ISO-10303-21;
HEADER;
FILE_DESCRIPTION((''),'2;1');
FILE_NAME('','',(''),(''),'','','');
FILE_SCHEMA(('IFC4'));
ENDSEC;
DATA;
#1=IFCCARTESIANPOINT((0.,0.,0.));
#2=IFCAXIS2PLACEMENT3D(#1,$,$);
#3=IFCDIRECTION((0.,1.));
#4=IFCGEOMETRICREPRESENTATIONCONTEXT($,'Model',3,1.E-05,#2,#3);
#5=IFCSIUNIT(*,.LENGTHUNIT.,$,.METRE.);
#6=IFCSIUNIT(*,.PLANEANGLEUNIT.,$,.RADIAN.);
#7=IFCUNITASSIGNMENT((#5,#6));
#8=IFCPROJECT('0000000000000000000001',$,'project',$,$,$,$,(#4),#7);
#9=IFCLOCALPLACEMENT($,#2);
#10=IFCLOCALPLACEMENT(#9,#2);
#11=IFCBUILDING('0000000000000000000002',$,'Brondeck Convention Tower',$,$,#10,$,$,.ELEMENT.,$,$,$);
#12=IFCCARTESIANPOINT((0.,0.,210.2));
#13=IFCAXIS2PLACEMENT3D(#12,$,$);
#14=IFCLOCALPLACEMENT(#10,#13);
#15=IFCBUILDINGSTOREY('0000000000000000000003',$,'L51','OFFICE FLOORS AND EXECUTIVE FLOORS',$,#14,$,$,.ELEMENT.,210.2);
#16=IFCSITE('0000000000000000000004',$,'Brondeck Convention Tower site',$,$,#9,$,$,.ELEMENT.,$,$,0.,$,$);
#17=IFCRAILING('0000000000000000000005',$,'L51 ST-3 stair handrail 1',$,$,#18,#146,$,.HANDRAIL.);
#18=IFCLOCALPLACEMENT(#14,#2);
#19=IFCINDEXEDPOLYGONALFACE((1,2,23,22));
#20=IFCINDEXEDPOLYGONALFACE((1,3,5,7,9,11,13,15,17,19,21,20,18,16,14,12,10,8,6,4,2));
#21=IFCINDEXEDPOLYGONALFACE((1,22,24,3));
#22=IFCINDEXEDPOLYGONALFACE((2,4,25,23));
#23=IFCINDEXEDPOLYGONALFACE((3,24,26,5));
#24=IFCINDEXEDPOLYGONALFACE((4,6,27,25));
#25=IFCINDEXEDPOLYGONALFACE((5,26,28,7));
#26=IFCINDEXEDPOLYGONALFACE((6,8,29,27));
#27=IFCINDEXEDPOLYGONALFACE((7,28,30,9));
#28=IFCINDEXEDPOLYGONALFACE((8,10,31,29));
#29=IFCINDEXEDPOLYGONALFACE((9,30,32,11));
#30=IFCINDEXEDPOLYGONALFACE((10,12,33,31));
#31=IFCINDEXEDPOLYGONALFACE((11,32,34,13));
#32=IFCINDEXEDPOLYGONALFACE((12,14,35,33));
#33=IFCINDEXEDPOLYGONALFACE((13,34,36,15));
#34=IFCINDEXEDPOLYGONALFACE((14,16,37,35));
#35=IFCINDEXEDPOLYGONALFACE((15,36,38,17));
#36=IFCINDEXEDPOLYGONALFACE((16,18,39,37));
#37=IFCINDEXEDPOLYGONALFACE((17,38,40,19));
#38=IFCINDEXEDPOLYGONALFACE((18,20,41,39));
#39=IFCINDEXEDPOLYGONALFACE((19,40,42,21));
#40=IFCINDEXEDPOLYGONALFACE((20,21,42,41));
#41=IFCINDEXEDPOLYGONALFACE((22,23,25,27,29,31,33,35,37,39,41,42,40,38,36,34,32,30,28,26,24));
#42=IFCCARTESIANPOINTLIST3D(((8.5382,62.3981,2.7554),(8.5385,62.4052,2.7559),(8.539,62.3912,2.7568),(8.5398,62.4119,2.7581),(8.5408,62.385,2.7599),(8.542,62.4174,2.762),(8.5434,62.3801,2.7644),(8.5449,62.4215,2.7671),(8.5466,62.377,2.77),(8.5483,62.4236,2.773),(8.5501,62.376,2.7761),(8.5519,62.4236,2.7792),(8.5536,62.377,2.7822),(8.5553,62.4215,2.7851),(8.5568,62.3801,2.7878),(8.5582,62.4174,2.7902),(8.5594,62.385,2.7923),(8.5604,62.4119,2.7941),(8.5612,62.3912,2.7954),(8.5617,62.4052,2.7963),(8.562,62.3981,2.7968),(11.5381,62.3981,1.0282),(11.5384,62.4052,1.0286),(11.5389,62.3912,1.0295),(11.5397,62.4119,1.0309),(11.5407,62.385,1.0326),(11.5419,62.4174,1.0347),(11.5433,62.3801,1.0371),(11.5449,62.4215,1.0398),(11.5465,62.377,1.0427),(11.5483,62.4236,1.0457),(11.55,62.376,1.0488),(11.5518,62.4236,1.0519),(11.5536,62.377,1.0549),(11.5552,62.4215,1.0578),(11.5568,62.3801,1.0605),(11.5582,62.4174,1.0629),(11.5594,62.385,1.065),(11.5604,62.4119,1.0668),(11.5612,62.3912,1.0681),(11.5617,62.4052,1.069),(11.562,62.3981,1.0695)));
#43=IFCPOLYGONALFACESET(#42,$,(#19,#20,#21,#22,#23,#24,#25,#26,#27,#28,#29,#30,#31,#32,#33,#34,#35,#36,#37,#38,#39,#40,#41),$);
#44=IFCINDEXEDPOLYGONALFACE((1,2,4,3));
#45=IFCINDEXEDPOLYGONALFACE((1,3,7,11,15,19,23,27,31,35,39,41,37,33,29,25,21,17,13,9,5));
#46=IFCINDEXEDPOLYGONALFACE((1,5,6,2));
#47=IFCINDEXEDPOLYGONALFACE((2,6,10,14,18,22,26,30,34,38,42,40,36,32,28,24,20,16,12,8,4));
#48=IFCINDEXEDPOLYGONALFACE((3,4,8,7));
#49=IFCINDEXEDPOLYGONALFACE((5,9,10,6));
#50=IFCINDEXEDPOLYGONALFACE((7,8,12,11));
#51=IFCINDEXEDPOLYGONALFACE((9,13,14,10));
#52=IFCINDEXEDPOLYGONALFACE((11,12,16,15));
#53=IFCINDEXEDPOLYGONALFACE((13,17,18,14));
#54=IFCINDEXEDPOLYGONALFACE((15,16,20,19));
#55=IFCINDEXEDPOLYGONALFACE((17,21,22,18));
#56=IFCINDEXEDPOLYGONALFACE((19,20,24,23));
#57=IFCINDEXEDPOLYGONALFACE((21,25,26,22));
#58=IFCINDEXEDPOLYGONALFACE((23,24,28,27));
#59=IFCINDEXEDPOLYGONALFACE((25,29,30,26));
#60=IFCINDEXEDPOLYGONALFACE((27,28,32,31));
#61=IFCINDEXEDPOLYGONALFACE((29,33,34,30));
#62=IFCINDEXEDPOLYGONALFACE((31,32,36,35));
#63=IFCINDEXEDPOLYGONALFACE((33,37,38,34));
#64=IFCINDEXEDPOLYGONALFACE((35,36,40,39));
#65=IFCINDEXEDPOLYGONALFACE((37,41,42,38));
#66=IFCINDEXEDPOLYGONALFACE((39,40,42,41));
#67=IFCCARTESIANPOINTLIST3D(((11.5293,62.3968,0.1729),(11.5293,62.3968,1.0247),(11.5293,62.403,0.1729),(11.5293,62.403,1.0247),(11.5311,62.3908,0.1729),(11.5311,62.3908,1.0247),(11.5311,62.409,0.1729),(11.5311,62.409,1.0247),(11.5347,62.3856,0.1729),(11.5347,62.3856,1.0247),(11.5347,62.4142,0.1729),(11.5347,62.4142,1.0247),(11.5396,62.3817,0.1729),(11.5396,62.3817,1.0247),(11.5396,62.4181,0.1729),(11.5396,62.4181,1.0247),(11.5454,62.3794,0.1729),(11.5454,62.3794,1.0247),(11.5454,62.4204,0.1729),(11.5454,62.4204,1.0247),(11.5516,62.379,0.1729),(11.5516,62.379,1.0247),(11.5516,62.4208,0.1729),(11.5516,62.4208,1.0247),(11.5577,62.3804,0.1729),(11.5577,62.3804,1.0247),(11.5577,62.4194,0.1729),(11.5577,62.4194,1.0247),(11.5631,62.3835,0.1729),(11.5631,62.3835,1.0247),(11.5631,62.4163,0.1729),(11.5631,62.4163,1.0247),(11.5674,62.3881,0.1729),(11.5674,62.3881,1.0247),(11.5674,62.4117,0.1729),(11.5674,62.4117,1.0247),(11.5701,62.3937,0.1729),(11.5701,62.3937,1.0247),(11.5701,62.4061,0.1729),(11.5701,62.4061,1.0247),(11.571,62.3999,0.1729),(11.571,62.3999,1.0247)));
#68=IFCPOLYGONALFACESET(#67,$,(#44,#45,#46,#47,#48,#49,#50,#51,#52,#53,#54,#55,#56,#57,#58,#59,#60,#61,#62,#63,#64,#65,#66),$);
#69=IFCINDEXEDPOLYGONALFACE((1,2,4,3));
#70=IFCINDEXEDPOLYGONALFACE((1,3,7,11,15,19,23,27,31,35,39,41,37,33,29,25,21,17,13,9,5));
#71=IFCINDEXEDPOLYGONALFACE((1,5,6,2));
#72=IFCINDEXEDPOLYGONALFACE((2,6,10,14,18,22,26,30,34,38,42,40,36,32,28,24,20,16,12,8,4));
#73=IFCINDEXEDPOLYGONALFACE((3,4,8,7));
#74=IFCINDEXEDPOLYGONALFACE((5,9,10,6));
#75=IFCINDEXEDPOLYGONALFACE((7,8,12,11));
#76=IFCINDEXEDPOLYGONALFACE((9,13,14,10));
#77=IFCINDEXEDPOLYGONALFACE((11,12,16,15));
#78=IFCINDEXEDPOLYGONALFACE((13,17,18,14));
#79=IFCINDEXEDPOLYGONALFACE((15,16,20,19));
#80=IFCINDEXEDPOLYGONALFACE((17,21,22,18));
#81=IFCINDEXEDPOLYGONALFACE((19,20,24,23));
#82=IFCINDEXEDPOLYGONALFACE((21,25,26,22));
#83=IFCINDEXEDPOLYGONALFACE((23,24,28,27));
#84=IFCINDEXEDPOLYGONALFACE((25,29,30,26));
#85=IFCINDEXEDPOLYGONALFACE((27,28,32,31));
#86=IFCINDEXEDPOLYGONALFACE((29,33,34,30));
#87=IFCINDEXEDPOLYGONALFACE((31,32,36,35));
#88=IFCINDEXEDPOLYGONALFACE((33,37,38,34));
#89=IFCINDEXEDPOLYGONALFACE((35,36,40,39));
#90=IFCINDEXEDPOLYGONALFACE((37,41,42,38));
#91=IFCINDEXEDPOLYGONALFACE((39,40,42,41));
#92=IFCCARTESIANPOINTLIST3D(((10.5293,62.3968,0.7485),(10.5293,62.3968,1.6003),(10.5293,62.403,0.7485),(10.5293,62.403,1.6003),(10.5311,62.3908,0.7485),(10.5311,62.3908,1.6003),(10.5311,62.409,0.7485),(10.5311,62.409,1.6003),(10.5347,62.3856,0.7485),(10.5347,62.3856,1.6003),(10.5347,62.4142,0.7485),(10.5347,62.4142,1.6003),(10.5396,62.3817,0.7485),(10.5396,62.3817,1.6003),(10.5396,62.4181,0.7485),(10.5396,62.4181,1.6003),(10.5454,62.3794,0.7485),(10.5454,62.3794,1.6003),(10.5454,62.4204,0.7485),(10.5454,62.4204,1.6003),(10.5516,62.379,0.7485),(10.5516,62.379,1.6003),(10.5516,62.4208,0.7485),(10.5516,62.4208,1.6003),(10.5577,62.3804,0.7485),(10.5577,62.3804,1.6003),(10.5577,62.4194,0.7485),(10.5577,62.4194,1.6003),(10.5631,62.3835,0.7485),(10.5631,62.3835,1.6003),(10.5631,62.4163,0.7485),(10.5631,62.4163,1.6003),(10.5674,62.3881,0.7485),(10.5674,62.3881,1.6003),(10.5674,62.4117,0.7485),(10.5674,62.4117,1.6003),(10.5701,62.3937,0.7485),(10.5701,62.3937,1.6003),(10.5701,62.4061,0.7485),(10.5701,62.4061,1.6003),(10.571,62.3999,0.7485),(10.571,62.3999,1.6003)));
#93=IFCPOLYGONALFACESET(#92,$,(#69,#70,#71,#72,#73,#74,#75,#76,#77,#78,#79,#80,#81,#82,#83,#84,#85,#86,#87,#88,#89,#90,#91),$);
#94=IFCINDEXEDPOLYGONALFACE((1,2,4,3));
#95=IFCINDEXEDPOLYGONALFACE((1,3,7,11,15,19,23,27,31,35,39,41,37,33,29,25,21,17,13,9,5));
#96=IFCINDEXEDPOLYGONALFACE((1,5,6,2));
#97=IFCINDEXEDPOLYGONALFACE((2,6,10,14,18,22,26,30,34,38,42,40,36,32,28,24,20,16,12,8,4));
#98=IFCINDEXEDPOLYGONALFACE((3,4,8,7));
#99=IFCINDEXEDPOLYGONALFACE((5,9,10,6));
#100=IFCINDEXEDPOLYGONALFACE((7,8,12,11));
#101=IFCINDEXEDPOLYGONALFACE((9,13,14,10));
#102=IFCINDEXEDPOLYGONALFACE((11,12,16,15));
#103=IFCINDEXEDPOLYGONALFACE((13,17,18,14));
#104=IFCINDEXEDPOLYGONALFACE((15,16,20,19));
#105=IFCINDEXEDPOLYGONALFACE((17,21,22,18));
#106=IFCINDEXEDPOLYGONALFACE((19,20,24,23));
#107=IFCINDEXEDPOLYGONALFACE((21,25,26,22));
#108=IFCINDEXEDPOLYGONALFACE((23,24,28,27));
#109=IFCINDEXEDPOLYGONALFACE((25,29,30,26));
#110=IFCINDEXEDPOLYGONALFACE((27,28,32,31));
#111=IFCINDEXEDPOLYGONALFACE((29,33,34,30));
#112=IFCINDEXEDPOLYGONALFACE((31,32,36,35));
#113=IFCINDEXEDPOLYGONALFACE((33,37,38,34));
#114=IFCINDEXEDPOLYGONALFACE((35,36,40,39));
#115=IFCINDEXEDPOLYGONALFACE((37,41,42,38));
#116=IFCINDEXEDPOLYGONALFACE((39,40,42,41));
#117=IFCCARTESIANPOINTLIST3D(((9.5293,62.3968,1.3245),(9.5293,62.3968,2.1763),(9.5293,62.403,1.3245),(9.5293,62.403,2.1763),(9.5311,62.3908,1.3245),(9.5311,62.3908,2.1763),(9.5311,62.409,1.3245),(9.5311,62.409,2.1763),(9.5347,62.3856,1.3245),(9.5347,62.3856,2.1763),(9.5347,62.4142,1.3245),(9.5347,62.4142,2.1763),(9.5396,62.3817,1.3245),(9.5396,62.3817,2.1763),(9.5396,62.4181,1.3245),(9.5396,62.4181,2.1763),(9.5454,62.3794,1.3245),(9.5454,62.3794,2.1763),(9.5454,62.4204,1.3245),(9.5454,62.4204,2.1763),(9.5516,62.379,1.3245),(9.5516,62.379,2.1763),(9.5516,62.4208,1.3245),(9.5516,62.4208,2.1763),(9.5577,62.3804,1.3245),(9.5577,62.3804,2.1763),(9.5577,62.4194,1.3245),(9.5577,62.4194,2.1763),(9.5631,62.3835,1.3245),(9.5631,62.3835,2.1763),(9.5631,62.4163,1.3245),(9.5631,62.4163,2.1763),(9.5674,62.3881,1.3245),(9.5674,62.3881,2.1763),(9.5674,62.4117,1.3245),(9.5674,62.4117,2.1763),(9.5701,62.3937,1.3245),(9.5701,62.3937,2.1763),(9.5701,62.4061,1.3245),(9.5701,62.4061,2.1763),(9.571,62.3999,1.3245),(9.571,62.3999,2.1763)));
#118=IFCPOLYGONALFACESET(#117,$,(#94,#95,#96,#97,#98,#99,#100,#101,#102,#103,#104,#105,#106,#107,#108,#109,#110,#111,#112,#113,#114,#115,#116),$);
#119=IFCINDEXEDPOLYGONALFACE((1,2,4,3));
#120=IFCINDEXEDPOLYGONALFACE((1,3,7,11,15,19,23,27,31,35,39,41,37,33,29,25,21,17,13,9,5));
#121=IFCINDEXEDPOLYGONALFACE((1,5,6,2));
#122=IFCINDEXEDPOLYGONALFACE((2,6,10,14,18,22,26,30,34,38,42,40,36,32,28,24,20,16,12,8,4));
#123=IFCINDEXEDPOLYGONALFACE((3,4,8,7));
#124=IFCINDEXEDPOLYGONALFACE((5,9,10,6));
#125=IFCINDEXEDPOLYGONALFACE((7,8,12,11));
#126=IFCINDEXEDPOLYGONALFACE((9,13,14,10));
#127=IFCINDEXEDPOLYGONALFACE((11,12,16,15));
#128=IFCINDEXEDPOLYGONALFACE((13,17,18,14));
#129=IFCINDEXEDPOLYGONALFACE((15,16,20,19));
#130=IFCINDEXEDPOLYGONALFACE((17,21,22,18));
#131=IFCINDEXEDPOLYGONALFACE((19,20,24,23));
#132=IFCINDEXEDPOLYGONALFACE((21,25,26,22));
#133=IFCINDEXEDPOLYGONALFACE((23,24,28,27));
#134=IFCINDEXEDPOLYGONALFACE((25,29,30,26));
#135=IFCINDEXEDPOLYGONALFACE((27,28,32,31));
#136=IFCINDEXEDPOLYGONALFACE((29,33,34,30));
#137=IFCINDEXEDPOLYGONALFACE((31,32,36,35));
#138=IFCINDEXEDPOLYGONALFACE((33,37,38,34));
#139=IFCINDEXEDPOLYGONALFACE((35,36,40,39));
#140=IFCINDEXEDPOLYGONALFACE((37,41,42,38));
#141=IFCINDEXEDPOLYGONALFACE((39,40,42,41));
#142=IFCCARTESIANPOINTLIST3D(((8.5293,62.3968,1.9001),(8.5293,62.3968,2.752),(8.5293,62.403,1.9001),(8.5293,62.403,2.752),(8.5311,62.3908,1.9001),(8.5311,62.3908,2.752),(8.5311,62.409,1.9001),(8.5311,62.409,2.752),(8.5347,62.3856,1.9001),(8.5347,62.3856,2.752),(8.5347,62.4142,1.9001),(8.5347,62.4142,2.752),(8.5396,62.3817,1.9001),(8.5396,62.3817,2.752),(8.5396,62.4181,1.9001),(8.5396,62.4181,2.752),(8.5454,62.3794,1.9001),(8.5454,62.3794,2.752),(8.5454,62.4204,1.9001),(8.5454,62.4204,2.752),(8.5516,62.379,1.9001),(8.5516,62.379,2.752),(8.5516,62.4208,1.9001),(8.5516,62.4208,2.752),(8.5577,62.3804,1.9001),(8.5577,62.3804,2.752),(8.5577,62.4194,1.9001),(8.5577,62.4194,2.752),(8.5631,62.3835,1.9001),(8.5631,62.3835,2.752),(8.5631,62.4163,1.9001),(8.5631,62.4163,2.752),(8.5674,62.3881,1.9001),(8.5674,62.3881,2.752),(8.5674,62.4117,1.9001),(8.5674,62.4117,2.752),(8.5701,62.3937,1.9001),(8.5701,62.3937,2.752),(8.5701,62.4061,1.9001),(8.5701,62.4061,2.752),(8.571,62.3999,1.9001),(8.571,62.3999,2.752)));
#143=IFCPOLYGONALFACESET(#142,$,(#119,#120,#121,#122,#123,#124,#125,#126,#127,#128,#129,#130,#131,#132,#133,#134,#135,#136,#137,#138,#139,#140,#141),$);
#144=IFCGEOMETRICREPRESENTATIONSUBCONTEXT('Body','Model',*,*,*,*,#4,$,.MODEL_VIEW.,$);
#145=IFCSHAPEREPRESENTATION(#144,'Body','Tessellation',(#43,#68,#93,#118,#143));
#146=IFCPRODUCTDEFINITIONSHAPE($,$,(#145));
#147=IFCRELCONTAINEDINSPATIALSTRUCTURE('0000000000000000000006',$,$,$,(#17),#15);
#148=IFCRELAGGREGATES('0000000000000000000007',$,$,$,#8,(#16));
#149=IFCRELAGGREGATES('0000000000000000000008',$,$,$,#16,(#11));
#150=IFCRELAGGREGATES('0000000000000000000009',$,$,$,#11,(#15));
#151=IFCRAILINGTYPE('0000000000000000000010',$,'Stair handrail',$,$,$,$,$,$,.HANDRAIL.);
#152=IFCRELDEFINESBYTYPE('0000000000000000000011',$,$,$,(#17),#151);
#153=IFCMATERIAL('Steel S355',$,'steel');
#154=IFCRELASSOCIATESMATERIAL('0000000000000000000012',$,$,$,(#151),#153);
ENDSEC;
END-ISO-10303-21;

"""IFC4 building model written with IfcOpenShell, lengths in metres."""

from ifc_helpers import new_model, si_unit, direction, frame, origin, origin_2d, place, context, subcontext, project, spatial, circle, extrude, material, type_object, element, save


model = new_model("IFC4")

# Units and contexts
model_context = context("Model", 3, precision=1e-05, world=origin(), true_north=direction((0.0, 1.0)))
body_context = subcontext(model_context, "Body", "Model", "MODEL_VIEW")
ifc_project = project(units=[si_unit("LENGTHUNIT", "METRE"), si_unit("PLANEANGLEUNIT", "RADIAN")], contexts=[model_context])

# Site, building, storey
site_placement = place(None, origin())
site = spatial("IfcSite", under=ifc_project, at=site_placement, Name="Brondeck Convention Tower site", CompositionType="ELEMENT", RefElevation=0.0)
building_placement = place(site_placement, origin())
building = spatial("IfcBuilding", under=site, at=building_placement, Name="Brondeck Convention Tower", CompositionType="ELEMENT")
storey_placement = place(building_placement, frame((0.0, 0.0, 210.2)))
storey = spatial("IfcBuildingStorey", under=building, at=storey_placement, Name="L51", Description="OFFICE FLOORS AND EXECUTIVE FLOORS", CompositionType="ELEMENT", Elevation=210.2)

# Railing
ifc_material_1 = material(Name="Steel S355", Category="steel")
railing_type_1 = type_object("IfcRailingType", Name="Stair handrail", PredefinedType="HANDRAIL", material=ifc_material_1)
railing_1_placement = place(storey_placement, frame((11.55, 62.3999, 0.1729)))
element("IfcRailing", 1, at=railing_1_placement, inside=storey, type_object=railing_type_1, Name="L51 ST-3 stair handrail 1", PredefinedType="HANDRAIL", context=body_context, shape_type="SweptSolid", body=[
    extrude(circle(Radius=0.0239, at=origin_2d()), frame((0.0, 0.0, 0.876), z_axis=(-0.86662, 0.0, 0.498969), x_axis=(0.0, -1.0, 0.0)), (0.0, 0.0, 1.0), 3.4617),
    extrude(circle(Radius=0.021, at=origin_2d()), origin(), (0.0, 0.0, 1.0), 0.8518),
    extrude(circle(Radius=0.021, at=origin_2d()), frame((-1.0, 0.0, 0.5757)), (0.0, 0.0, 1.0), 0.8518),
    extrude(circle(Radius=0.021, at=origin_2d()), frame((-2.0, 0.0, 1.1516)), (0.0, 0.0, 1.0), 0.8518),
    extrude(circle(Radius=0.021, at=origin_2d()), frame((-3.0, 0.0, 1.7273)), (0.0, 0.0, 1.0), 0.8518),
])

save(model, "model.ifc")
